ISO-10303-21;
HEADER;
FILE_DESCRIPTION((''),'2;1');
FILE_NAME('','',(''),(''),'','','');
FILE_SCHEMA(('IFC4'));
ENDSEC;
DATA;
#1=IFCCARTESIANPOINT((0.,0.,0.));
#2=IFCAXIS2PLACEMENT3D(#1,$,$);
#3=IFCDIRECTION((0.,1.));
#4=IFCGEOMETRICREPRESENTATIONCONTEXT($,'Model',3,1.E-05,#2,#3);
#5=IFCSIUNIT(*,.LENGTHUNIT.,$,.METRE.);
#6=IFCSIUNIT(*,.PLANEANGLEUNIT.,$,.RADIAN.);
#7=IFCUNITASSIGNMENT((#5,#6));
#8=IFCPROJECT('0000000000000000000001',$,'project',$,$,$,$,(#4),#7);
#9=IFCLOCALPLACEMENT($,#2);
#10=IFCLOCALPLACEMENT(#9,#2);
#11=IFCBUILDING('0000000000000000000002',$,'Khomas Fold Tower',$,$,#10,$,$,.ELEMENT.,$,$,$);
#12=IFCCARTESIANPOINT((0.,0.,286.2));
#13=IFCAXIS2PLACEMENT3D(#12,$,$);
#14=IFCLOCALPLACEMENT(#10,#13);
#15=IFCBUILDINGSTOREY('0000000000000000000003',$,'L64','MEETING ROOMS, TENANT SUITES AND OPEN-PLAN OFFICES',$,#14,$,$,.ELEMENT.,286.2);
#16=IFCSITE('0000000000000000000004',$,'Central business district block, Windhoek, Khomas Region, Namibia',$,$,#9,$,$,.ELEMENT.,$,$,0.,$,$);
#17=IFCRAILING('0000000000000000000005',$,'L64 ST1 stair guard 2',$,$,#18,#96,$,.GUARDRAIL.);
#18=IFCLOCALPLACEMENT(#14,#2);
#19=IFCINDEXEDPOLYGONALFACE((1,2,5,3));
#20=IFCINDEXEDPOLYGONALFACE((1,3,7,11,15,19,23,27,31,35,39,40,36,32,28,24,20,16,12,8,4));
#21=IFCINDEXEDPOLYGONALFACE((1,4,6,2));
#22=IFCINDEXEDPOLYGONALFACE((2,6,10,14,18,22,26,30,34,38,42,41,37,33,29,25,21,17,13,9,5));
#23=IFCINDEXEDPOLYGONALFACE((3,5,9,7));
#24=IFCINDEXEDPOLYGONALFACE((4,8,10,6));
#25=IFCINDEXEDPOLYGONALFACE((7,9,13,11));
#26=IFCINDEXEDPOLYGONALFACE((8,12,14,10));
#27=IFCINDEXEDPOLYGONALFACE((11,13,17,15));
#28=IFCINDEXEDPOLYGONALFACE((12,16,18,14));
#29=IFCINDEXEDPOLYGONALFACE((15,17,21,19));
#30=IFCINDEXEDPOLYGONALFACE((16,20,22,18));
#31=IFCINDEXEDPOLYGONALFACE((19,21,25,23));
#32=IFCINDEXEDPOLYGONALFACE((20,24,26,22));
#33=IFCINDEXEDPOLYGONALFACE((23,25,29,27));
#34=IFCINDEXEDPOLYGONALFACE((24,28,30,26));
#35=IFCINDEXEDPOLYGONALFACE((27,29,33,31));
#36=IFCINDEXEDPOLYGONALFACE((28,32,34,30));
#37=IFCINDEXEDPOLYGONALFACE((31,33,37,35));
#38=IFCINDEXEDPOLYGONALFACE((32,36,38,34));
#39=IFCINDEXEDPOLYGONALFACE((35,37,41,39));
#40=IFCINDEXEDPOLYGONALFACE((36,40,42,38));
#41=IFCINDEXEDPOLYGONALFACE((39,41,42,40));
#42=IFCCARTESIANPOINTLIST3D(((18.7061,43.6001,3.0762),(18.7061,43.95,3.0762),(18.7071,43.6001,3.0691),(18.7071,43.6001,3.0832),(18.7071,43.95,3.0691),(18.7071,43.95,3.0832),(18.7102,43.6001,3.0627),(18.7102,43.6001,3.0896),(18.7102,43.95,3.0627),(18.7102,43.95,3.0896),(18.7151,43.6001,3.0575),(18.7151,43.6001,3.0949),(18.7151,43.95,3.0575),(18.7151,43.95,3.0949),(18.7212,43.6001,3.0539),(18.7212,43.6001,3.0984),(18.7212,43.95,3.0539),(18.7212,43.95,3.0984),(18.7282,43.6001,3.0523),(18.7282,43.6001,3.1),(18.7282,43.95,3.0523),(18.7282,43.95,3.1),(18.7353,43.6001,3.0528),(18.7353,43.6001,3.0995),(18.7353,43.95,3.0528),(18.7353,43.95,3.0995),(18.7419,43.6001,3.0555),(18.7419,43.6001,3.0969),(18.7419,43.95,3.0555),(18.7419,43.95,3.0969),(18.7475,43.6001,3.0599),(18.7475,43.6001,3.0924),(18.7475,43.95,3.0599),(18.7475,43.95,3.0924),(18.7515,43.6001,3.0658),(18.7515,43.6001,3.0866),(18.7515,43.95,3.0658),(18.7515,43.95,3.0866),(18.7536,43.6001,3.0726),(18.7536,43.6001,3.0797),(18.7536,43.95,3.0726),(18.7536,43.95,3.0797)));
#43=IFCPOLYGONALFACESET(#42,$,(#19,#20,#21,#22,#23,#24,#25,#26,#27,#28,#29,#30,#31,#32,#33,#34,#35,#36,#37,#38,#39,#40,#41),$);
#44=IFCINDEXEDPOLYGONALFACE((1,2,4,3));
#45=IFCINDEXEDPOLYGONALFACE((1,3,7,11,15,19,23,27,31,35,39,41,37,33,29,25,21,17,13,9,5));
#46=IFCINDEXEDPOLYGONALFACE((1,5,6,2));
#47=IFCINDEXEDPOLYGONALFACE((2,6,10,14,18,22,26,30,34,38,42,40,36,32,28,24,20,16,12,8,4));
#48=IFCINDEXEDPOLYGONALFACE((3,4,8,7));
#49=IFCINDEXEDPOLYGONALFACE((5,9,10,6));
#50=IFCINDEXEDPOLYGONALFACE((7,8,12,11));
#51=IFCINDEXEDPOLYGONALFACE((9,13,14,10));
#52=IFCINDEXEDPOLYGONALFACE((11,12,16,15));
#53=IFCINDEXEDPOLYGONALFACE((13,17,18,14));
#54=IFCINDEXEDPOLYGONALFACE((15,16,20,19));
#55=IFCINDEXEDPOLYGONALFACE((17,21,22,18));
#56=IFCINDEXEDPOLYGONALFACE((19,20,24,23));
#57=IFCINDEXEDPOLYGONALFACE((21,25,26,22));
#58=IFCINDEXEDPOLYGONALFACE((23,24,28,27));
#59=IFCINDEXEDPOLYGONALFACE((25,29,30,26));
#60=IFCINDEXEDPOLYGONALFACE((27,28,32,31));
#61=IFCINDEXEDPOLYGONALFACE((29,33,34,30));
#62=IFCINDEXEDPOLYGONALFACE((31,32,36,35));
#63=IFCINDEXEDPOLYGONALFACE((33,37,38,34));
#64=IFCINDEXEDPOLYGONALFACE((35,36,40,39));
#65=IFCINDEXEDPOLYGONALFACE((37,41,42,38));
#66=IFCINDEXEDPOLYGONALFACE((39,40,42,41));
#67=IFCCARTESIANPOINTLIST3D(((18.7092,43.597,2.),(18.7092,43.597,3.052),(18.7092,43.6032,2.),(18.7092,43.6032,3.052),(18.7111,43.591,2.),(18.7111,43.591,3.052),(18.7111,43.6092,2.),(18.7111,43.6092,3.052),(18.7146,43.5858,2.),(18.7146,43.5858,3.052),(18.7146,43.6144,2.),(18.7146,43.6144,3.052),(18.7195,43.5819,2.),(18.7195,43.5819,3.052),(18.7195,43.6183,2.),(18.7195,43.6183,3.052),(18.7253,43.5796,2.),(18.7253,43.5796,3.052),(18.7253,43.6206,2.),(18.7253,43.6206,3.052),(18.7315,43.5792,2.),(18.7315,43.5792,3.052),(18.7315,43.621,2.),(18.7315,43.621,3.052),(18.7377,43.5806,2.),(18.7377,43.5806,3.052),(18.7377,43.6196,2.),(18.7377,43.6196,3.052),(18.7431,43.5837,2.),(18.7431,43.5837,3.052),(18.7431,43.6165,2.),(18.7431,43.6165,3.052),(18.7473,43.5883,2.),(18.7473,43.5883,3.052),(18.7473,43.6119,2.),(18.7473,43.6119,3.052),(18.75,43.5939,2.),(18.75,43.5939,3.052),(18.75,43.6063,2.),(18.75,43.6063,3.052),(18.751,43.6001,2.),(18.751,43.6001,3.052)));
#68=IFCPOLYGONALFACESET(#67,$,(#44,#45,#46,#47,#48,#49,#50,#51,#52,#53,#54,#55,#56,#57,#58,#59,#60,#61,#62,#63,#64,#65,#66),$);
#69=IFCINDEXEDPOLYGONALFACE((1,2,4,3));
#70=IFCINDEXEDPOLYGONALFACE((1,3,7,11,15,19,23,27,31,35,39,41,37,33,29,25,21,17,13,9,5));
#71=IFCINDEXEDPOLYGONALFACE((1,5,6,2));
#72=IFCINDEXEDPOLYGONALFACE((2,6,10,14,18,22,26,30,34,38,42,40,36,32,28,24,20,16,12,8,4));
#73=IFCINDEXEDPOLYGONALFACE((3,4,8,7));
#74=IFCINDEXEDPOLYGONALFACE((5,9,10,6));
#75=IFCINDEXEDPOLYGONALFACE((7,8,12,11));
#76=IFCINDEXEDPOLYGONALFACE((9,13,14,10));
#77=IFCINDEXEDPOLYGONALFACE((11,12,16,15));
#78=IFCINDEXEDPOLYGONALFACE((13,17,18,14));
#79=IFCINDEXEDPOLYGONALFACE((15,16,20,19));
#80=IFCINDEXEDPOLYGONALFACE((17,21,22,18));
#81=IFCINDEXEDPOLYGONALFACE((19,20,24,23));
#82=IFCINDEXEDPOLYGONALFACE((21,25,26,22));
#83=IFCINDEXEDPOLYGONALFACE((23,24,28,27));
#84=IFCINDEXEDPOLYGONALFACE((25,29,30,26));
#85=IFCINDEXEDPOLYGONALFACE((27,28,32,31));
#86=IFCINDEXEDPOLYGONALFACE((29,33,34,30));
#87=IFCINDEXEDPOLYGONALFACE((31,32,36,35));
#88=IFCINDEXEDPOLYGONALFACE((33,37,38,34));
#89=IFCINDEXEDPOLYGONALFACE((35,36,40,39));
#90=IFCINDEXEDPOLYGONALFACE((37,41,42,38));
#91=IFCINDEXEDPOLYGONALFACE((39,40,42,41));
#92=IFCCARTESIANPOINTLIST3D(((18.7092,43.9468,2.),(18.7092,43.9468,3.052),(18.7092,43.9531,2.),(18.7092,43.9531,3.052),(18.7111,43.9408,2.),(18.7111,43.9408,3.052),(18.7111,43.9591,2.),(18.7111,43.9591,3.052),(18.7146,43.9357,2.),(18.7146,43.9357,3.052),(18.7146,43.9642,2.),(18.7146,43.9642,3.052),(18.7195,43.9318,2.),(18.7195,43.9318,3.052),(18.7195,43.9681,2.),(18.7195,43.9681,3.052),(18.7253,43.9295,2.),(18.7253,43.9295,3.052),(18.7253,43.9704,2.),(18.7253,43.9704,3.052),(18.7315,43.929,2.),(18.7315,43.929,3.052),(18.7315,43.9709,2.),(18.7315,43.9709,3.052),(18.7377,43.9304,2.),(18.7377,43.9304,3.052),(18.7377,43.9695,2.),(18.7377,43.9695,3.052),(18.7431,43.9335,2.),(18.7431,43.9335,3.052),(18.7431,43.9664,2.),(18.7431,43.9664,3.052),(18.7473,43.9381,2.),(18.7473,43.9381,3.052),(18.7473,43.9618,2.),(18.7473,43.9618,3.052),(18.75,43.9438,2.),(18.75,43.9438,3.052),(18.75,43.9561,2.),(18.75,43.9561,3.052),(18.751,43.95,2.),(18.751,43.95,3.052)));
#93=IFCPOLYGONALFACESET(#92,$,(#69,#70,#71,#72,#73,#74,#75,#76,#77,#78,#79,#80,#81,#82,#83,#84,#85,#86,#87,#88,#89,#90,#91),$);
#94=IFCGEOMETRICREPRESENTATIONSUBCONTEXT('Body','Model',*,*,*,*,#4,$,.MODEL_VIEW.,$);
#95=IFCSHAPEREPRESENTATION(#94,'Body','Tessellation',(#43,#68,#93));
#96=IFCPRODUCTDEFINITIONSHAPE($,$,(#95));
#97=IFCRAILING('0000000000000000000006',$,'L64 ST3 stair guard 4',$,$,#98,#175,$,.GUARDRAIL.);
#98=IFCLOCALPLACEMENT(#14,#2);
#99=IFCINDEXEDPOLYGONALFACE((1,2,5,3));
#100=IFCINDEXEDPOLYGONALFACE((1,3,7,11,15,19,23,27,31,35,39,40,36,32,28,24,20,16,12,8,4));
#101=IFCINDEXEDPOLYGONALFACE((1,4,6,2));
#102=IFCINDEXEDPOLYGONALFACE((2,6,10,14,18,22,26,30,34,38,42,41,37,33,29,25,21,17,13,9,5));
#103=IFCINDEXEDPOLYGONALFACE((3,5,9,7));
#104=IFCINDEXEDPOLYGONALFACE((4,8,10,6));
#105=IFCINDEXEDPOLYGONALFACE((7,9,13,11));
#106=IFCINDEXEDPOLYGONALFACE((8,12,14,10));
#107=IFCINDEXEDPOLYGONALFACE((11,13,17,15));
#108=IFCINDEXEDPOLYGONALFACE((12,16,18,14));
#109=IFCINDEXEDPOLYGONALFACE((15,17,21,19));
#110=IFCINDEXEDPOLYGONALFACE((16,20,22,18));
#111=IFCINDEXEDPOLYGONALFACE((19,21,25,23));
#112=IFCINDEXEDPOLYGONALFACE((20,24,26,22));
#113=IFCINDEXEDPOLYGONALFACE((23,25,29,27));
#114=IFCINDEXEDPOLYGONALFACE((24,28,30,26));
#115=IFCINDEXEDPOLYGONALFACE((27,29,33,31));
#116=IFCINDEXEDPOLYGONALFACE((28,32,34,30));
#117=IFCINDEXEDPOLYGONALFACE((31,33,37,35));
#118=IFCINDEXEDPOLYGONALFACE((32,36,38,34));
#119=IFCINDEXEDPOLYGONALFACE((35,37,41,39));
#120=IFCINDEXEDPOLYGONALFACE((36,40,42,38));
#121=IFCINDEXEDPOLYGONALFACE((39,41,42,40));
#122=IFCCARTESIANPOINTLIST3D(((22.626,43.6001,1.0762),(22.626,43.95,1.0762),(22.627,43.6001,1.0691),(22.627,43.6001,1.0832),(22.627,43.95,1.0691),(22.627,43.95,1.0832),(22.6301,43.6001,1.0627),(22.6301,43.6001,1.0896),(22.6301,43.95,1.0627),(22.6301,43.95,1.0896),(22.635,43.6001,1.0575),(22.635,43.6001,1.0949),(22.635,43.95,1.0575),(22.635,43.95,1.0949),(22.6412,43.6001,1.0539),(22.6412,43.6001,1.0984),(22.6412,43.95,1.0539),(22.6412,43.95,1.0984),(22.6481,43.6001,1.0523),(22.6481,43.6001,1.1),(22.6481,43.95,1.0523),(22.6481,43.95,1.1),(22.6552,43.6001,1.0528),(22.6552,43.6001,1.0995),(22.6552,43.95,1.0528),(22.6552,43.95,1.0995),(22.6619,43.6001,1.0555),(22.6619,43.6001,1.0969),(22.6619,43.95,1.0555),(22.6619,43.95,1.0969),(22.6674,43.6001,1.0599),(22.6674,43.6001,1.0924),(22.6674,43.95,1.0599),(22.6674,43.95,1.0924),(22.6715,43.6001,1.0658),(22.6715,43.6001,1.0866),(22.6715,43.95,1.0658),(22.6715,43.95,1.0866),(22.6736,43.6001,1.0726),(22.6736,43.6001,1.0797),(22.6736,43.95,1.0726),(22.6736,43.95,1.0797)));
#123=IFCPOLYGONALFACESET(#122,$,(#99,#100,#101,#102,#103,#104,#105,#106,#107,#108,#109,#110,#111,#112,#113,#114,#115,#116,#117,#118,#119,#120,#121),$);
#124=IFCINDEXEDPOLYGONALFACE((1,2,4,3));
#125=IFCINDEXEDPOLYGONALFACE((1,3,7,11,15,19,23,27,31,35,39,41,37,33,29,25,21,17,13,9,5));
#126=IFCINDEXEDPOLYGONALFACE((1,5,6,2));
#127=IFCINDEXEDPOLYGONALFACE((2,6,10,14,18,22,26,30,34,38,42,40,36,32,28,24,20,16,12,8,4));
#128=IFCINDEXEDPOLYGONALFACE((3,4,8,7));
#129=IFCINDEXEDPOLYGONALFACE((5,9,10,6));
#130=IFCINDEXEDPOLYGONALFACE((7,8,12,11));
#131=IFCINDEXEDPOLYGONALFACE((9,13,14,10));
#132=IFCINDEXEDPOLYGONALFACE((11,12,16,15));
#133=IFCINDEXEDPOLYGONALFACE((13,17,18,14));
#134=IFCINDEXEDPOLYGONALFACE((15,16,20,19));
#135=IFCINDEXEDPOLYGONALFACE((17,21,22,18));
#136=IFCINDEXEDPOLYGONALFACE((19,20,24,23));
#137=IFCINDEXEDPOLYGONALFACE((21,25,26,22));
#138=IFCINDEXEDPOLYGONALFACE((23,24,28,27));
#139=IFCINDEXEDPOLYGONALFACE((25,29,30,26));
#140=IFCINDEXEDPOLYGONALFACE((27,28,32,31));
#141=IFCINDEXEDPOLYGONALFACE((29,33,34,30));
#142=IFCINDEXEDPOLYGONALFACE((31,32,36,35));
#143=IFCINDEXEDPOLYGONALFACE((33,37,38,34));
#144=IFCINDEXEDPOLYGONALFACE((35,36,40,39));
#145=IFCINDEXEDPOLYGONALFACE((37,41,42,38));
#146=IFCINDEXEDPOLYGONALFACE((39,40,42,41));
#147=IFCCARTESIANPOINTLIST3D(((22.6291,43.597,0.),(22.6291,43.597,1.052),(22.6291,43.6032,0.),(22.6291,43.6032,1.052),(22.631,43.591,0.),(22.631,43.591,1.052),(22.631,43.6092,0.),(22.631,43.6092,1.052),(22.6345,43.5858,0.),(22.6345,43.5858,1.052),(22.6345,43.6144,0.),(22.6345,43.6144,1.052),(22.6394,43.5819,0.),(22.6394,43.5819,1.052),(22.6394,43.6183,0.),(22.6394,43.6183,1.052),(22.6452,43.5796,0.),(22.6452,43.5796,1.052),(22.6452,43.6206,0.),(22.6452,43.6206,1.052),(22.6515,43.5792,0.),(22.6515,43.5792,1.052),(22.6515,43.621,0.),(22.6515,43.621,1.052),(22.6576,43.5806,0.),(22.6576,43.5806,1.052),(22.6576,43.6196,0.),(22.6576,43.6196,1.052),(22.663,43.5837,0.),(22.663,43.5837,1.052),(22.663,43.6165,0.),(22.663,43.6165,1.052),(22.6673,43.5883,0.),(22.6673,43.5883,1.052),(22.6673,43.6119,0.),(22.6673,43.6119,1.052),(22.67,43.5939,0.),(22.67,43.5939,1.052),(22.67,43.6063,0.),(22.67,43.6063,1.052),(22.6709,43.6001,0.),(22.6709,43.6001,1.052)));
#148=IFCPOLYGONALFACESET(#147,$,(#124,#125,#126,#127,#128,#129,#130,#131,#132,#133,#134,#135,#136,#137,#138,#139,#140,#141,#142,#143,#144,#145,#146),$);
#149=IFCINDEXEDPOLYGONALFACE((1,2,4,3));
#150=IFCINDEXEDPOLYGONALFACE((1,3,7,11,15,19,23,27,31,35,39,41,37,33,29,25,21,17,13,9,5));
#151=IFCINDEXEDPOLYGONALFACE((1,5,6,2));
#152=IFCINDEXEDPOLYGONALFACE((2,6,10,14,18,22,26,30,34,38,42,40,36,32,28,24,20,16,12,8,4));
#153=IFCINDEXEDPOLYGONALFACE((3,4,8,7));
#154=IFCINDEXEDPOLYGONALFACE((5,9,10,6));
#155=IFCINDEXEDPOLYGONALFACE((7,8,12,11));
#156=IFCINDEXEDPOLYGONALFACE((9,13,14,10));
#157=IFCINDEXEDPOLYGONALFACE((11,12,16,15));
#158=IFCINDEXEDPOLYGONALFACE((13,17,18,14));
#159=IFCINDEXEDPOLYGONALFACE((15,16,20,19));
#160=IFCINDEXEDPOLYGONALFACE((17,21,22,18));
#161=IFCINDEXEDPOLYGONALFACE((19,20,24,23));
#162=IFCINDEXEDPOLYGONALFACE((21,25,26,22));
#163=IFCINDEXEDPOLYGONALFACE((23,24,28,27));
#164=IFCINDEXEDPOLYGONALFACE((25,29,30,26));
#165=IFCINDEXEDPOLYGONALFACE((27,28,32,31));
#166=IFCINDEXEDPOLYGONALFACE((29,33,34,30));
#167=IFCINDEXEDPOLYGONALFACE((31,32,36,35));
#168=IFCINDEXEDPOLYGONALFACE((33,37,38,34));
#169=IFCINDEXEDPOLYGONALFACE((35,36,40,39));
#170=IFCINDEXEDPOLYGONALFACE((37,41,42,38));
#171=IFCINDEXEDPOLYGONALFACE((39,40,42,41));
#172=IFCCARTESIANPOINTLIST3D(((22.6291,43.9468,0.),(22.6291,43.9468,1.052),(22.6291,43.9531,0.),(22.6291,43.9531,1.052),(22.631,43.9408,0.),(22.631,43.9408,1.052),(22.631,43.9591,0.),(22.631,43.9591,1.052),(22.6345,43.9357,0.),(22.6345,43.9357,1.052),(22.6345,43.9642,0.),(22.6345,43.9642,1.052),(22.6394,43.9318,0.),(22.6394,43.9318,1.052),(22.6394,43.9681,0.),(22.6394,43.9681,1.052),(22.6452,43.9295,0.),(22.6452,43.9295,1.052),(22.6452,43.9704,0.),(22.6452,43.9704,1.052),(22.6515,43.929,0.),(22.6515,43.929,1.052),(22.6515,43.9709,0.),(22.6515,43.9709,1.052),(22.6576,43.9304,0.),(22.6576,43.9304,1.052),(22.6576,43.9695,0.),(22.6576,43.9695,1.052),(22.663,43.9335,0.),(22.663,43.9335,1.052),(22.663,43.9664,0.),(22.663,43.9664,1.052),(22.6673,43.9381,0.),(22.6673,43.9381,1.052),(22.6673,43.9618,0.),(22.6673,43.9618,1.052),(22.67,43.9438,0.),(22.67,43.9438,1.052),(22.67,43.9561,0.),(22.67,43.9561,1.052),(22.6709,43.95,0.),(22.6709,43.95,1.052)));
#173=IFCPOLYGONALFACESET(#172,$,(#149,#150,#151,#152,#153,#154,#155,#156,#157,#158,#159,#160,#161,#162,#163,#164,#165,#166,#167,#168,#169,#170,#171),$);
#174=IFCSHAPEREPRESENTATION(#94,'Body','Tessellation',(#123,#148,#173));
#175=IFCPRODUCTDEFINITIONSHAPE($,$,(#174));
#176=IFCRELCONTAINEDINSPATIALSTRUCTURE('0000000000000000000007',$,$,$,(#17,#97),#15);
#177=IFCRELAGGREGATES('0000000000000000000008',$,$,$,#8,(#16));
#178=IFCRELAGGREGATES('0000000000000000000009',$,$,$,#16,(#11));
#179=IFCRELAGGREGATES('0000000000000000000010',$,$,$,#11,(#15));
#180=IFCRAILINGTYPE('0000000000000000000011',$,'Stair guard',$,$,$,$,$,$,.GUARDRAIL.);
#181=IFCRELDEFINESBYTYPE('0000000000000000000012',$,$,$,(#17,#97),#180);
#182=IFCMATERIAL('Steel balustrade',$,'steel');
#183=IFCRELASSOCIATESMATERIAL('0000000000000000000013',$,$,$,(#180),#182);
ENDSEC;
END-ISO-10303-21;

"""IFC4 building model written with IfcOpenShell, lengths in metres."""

from ifc_helpers import new_model, si_unit, direction, frame, origin, origin_2d, place, context, subcontext, project, spatial, circle, extrude, source, transform, mapped, material, type_object, element, save


model = new_model("IFC4")

# Units and contexts
model_context = context("Model", 3, precision=1e-05, world=origin(), true_north=direction((0.0, 1.0)))
body_context = subcontext(model_context, "Body", "Model", "MODEL_VIEW")
ifc_project = project(units=[si_unit("LENGTHUNIT", "METRE"), si_unit("PLANEANGLEUNIT", "RADIAN")], contexts=[model_context])

# Site, building, storey
site_placement = place(None, origin())
site = spatial("IfcSite", under=ifc_project, at=site_placement, Name="Central business district block, Windhoek, Khomas Region, Namibia", CompositionType="ELEMENT", RefElevation=0.0)
building_placement = place(site_placement, origin())
building = spatial("IfcBuilding", under=site, at=building_placement, Name="Khomas Fold Tower", CompositionType="ELEMENT")
storey_placement = place(building_placement, frame((0.0, 0.0, 286.2)))
storey = spatial("IfcBuildingStorey", under=building, at=storey_placement, Name="L64", Description="MEETING ROOMS, TENANT SUITES AND OPEN-PLAN OFFICES", CompositionType="ELEMENT", Elevation=286.2)

# Railings
ifc_material_1 = material(Name="Steel balustrade", Category="steel")
railing_type_1 = type_object("IfcRailingType", Name="Stair guard", PredefinedType="GUARDRAIL", material=ifc_material_1)
shared_shape_1 = source(origin(), body_context, "Body", "SweptSolid", [
    extrude(circle(Radius=0.0239, at=origin_2d()), frame((0.0, 0.0, 1.0762), z_axis=(0.0, 1.0, 0.0), x_axis=(-1.0, 0.0, 0.0)), (0.0, 0.0, 1.0), 0.3499),
    extrude(circle(Radius=0.021, at=origin_2d()), origin(), (0.0, 0.0, 1.0), 1.052),
    extrude(circle(Radius=0.021, at=origin_2d()), frame((0.0, 0.3499, 0.0)), (0.0, 0.0, 1.0), 1.052),
])
for number, where, name in (
    (1, (18.73, 43.6001, 2.0), "L64 ST1 stair guard 2"),
    (2, (22.6499, 43.6001, 0.0), "L64 ST3 stair guard 4"),
):
    element("IfcRailing", number, at=place(storey_placement, frame(where)), inside=storey, type_object=railing_type_1, Name=name, PredefinedType="GUARDRAIL", context=body_context, shape_type="MappedRepresentation", body=[
        mapped(shared_shape_1, transform((0.0, 0.0, 0.0))),
    ])

save(model, "model.ifc")
